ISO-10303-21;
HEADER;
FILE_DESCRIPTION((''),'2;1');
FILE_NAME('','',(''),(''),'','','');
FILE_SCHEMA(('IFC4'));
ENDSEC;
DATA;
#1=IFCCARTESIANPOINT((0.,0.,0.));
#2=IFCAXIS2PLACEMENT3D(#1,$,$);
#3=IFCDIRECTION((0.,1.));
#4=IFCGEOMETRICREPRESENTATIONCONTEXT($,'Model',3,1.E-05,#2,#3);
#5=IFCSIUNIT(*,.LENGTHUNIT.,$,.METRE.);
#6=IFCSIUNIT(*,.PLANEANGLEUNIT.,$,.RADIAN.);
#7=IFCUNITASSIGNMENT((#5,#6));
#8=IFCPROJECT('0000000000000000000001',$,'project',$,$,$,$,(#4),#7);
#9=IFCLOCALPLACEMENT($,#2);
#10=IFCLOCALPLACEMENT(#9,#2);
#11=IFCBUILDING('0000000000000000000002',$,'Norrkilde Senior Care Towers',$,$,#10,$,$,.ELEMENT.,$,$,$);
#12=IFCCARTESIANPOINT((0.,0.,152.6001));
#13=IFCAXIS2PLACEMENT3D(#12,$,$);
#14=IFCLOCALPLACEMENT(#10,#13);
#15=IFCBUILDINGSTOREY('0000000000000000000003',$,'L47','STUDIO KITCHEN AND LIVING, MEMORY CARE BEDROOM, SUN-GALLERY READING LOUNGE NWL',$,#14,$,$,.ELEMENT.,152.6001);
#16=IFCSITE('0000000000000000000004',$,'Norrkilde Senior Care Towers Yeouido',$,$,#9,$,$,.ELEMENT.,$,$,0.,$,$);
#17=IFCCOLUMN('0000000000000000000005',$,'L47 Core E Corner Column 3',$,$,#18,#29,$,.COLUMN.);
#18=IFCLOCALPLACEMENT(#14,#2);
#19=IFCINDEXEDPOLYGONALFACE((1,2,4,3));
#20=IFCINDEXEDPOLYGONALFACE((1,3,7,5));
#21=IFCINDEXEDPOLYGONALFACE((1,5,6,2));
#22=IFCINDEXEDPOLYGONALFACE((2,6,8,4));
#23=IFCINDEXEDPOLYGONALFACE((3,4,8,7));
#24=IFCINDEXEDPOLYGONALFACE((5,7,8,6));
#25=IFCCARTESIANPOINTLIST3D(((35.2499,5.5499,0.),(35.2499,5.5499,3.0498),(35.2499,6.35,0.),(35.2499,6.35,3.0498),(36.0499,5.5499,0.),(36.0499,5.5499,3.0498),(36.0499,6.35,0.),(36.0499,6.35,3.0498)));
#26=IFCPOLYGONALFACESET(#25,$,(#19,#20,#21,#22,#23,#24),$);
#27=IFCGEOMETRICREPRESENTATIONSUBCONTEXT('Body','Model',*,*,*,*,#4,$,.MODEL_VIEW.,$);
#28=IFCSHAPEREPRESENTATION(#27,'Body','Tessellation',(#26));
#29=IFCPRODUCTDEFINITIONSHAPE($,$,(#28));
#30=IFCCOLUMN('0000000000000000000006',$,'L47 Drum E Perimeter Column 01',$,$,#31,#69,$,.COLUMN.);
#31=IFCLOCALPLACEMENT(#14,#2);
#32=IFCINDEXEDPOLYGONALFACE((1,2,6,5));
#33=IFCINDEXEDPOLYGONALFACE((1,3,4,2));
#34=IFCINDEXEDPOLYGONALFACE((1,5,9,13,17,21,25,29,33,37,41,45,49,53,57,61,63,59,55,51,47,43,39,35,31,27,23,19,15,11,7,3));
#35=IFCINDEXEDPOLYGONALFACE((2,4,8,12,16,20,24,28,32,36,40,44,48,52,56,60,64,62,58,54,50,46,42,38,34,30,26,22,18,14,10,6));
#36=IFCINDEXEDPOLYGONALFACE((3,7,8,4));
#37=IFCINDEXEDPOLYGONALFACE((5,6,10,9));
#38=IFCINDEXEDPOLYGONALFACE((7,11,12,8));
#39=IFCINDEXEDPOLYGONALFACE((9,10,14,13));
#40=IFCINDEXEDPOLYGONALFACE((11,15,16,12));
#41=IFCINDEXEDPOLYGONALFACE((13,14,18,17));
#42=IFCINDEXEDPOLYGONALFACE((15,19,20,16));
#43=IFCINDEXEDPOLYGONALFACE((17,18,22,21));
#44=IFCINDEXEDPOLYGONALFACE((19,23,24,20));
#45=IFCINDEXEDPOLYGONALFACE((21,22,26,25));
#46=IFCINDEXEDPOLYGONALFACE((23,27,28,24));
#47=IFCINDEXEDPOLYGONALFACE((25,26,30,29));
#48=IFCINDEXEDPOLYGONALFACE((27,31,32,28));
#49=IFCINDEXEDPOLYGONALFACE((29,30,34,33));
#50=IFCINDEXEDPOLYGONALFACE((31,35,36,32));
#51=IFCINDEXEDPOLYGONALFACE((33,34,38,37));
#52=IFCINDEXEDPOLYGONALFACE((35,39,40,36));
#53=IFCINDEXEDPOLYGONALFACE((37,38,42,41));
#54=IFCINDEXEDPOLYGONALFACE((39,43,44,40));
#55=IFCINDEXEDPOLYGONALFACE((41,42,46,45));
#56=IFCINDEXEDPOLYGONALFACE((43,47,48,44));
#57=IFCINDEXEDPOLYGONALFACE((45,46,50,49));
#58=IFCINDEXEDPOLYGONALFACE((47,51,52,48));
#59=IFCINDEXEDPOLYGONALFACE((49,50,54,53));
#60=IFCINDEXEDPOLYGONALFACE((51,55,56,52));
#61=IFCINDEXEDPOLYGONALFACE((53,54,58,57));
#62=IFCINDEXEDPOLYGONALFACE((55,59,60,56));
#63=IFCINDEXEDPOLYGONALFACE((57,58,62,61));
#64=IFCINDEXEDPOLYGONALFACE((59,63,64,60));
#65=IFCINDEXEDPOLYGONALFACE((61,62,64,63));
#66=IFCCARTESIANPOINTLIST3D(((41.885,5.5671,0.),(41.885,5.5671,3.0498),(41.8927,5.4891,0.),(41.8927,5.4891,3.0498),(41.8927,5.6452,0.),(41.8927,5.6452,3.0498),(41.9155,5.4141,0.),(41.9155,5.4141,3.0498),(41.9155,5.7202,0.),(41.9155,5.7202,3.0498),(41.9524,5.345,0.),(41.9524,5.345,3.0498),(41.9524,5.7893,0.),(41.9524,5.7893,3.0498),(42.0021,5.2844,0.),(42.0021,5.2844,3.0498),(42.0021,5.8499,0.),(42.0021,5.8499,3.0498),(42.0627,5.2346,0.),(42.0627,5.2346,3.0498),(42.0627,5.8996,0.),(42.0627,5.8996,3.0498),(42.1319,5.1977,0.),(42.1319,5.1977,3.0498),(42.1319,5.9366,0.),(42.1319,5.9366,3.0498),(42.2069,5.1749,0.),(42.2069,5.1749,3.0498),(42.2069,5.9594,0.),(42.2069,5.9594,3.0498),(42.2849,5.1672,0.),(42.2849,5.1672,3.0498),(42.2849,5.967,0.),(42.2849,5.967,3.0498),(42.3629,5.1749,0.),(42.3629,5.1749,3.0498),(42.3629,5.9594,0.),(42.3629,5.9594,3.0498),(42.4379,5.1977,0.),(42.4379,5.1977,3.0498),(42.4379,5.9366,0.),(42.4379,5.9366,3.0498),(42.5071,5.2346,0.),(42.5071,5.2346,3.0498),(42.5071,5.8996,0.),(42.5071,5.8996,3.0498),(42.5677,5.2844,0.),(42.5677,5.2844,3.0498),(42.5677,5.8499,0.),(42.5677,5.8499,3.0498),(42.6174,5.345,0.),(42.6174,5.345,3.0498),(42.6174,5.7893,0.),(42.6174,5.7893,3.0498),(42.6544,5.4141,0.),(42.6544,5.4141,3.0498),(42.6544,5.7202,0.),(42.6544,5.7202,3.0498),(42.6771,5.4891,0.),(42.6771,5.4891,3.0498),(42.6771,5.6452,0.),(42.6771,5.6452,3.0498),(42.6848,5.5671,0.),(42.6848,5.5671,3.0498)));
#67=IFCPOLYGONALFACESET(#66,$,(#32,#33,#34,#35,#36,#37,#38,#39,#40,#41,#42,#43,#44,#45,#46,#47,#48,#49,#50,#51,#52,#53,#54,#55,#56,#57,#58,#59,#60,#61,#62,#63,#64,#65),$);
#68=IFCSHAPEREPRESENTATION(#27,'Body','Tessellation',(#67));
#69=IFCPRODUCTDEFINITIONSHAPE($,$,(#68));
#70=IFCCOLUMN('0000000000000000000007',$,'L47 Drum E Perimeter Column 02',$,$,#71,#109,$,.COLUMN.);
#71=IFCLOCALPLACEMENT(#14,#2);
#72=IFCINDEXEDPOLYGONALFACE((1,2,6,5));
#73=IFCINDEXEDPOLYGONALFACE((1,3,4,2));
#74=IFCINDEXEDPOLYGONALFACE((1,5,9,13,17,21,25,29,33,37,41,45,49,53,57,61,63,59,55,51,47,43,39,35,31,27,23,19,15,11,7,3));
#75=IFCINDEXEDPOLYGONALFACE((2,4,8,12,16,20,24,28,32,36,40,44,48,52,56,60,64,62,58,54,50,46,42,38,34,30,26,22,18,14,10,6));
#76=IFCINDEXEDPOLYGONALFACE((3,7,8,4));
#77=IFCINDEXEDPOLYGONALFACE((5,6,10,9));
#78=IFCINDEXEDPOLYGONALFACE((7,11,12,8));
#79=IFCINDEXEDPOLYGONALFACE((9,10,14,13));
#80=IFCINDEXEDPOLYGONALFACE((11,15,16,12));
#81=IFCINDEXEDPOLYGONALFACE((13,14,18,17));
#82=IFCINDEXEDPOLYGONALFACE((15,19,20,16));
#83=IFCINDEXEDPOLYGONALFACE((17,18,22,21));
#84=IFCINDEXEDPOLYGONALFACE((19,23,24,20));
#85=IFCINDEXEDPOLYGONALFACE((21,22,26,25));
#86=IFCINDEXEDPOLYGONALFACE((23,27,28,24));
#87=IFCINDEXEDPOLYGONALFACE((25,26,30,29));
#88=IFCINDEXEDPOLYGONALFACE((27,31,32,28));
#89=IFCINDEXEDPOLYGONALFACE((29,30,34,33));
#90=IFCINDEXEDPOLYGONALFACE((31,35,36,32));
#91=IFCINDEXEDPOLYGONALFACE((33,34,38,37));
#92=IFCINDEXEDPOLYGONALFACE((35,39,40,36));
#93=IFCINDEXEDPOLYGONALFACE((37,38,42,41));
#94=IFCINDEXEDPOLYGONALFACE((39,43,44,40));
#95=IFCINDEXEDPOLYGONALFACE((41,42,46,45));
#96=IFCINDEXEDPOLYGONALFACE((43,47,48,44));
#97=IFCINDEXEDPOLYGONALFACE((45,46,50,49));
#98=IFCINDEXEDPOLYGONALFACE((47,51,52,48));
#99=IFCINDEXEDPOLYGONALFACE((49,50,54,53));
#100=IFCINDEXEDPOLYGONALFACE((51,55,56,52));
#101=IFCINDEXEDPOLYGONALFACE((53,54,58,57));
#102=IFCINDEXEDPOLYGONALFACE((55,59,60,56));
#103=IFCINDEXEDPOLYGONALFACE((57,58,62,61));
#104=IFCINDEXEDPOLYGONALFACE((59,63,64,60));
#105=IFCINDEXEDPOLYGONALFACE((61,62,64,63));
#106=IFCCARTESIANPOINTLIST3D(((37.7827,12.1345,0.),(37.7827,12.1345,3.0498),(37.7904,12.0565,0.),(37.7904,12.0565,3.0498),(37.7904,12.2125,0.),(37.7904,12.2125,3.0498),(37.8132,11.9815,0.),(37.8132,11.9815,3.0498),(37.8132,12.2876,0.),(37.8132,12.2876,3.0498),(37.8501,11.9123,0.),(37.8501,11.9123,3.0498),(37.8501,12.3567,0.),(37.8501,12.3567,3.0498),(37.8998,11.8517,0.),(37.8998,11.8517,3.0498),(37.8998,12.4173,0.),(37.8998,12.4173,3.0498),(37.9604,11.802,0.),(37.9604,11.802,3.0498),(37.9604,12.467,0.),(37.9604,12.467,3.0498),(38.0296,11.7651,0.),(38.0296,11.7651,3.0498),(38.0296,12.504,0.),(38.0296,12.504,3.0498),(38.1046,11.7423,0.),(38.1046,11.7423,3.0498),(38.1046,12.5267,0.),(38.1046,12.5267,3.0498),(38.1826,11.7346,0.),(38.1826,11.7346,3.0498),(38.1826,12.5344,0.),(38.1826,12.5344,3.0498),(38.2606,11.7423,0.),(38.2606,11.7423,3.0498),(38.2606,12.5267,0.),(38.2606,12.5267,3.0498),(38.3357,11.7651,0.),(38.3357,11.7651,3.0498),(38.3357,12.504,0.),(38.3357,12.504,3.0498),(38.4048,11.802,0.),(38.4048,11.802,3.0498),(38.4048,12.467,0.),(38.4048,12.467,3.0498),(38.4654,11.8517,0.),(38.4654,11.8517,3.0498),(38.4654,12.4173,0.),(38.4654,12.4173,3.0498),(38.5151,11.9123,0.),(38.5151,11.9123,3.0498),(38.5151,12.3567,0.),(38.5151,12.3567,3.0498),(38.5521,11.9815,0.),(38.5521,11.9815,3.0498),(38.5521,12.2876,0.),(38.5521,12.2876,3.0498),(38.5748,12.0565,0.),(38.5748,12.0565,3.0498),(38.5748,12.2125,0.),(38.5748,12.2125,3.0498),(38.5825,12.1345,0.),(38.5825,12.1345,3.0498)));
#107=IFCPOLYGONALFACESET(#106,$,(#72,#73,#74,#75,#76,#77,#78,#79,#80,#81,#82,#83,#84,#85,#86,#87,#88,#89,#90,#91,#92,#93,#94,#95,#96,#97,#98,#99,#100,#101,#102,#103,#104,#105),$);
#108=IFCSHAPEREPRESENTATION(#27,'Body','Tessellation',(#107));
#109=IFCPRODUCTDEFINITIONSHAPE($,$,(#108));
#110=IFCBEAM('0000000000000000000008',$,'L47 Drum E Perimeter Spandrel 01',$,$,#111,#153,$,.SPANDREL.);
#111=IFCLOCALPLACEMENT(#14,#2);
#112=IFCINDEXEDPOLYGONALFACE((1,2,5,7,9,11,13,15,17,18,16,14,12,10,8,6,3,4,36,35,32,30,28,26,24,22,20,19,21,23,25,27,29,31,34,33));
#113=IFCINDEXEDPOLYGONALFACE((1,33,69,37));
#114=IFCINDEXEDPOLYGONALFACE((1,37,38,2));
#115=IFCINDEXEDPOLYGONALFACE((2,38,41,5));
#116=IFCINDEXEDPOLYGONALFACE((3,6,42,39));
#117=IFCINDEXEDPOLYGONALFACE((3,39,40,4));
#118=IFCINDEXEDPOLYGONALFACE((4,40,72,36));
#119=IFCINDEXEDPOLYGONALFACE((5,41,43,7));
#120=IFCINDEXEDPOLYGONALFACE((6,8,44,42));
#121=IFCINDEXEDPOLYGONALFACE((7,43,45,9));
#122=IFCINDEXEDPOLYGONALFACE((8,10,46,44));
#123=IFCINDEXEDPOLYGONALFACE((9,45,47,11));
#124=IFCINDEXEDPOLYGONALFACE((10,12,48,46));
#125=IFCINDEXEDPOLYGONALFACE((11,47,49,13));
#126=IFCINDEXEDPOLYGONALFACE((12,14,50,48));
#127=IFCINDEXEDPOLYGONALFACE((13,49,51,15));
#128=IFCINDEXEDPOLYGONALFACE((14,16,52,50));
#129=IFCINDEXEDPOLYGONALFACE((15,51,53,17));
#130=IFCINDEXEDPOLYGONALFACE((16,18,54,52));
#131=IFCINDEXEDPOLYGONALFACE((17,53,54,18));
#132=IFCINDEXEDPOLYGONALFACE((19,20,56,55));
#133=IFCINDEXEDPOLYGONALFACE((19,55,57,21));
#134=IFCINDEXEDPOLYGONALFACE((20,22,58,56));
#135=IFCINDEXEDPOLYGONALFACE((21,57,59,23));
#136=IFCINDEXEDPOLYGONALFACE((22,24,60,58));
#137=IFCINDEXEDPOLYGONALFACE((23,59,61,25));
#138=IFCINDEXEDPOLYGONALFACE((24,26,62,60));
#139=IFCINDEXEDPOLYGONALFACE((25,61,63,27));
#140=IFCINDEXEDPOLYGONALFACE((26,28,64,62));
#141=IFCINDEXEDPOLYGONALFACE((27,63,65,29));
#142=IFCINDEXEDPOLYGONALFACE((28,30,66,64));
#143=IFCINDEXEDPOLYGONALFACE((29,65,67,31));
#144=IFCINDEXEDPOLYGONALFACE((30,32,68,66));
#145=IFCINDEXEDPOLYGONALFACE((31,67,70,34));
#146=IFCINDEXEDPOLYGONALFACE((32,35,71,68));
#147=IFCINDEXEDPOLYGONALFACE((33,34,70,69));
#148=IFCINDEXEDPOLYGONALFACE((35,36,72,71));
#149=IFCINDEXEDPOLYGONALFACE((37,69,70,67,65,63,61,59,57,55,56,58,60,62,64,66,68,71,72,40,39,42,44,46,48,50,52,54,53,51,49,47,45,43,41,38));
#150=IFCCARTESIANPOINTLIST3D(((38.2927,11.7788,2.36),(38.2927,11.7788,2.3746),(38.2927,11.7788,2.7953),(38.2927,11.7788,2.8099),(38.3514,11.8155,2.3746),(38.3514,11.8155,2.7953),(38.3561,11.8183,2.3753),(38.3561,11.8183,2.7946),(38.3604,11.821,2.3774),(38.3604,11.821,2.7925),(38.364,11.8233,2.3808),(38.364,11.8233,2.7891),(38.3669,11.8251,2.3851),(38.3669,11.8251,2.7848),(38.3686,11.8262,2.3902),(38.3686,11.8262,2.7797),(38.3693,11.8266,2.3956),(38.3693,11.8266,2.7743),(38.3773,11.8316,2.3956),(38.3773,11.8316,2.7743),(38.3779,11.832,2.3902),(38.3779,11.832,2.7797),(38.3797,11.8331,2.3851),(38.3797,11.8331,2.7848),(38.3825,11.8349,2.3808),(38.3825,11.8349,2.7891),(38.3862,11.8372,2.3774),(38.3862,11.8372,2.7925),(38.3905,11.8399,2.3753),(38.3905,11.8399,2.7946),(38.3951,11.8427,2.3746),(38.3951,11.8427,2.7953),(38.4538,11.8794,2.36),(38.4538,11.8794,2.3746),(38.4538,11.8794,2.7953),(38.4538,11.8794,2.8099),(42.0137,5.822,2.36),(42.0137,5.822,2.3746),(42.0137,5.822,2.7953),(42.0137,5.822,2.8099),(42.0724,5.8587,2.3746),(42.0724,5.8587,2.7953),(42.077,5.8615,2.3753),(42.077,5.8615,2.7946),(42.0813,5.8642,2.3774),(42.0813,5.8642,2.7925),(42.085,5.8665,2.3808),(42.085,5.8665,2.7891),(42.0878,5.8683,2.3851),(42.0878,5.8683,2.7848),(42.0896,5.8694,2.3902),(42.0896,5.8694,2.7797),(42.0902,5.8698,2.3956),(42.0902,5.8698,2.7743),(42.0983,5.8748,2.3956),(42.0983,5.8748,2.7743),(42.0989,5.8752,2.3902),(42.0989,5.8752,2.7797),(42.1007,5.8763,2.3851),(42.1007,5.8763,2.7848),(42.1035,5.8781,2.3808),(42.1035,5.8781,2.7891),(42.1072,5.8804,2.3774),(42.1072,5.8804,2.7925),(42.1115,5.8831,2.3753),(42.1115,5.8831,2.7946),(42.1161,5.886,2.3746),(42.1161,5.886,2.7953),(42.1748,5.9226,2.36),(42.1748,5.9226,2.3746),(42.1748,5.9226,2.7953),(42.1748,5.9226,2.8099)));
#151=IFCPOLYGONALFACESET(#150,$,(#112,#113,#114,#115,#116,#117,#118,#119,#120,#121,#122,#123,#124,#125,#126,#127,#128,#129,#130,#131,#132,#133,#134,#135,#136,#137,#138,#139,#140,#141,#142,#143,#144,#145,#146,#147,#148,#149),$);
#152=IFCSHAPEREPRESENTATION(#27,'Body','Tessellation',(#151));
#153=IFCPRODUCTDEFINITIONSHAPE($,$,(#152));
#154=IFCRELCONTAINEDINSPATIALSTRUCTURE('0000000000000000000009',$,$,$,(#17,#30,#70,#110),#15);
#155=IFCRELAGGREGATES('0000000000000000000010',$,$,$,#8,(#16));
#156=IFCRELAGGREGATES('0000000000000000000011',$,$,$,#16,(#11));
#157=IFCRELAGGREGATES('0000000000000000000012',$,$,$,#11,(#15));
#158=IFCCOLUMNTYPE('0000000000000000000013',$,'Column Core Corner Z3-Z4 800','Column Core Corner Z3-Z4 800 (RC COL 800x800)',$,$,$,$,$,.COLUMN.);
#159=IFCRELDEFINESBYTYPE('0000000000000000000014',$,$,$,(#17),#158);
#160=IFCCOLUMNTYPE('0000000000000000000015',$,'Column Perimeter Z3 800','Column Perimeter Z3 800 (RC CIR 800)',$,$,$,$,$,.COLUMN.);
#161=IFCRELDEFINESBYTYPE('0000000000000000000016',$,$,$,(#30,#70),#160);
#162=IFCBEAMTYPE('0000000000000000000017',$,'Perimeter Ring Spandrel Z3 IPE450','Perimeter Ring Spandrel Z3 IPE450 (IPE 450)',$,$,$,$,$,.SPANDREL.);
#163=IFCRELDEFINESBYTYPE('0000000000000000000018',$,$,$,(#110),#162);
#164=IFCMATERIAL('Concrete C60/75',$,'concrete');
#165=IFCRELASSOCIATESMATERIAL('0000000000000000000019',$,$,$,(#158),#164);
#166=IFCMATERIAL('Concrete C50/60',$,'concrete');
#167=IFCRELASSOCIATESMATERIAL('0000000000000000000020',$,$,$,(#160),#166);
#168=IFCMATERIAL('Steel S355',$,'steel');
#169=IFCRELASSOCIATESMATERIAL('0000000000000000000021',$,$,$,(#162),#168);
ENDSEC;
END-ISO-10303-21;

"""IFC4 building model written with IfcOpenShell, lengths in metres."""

from ifc_helpers import new_model, si_unit, direction, frame, origin, origin_2d, place, context, subcontext, project, spatial, rectangle, circle, i_section, extrude, source, transform, mapped, material, material_profile, profile_set, type_object, type_shapes, element, save


model = new_model("IFC4")

# Units and contexts
model_context = context("Model", 3, precision=1e-05, world=origin(), true_north=direction((0.0, 1.0)))
body_context = subcontext(model_context, "Body", "Model", "MODEL_VIEW")
ifc_project = project(units=[si_unit("LENGTHUNIT", "METRE"), si_unit("PLANEANGLEUNIT", "RADIAN")], contexts=[model_context])

# Site, building, storey
site_placement = place(None, origin())
site = spatial("IfcSite", under=ifc_project, at=site_placement, Name="Norrkilde Senior Care Towers Yeouido", CompositionType="ELEMENT", RefElevation=0.0)
building_placement = place(site_placement, origin())
building = spatial("IfcBuilding", under=site, at=building_placement, Name="Norrkilde Senior Care Towers", CompositionType="ELEMENT")
storey_placement = place(building_placement, frame((0.0, 0.0, 152.6001)))
storey = spatial("IfcBuildingStorey", under=building, at=storey_placement, Name="L47", Description="STUDIO KITCHEN AND LIVING, MEMORY CARE BEDROOM, SUN-GALLERY READING LOUNGE NWL", CompositionType="ELEMENT", Elevation=152.6001)

# Columns
ifc_material_1 = material(Name="Concrete C60/75", Category="concrete")
ifc_material_profile_1 = material_profile(ifc_material_1, rectangle(XDim=0.8, YDim=0.8, at=origin_2d()), Name="RC COL 800x800")
ifc_profile_set_1 = profile_set([ifc_material_profile_1], Name="Concrete C60/75")
column_type_1 = type_object("IfcColumnType", Name="Column Core Corner Z3-Z4 800", Description="Column Core Corner Z3-Z4 800 (RC COL 800x800)", PredefinedType="COLUMN", material=ifc_profile_set_1)
shared_shape_1 = source(origin(), body_context, "Body", "SweptSolid", [
    extrude(rectangle(XDim=0.8, YDim=0.8, at=origin_2d()), origin(), (0.0, 0.0, 1.0), 3.0498),
])
type_shapes(column_type_1, [shared_shape_1])
column_placement = place(storey_placement, frame((35.6499, 5.95, 0.0), z_axis=(0.0, 0.0, 1.0), x_axis=(1.0, 0.0, 0.0)))
element("IfcColumn", 1, at=column_placement, inside=storey, type_object=column_type_1, Name="L47 Core E Corner Column 3", PredefinedType="COLUMN", context=body_context, shape_type="MappedRepresentation", body=[
    mapped(shared_shape_1, transform((0.0, 0.0, 0.0), x_axis=(1.0, 0.0, 0.0), y_axis=(0.0, 1.0, 0.0), z_axis=(0.0, 0.0, 1.0), scale=1.0)),
])
ifc_material_2 = material(Name="Concrete C50/60", Category="concrete")
ifc_material_profile_2 = material_profile(ifc_material_2, circle(Radius=0.3999, at=origin_2d()), Name="RC CIR 800")
ifc_profile_set_2 = profile_set([ifc_material_profile_2], Name="Concrete C50/60")
column_type_2 = type_object("IfcColumnType", Name="Column Perimeter Z3 800", Description="Column Perimeter Z3 800 (RC CIR 800)", PredefinedType="COLUMN", material=ifc_profile_set_2)
shared_shape_2 = source(origin(), body_context, "Body", "SweptSolid", [
    extrude(circle(Radius=0.3999, at=origin_2d()), origin(), (0.0, 0.0, 1.0), 3.0498),
])
type_shapes(column_type_2, [shared_shape_2])
for number, where, z_axis, x_axis, name in (
    (2, (42.2849, 5.5671, 0.0), (0.0, 0.0, 1.0), (1.0, 0.0, 0.0), "L47 Drum E Perimeter Column 01"),
    (3, (38.1826, 12.1345, 0.0), (0.0, 0.0, 1.0), (1.0, 0.0, 0.0), "L47 Drum E Perimeter Column 02"),
):
    element("IfcColumn", number, at=place(storey_placement, frame(where, z_axis=z_axis, x_axis=x_axis)), inside=storey, type_object=column_type_2, Name=name, PredefinedType="COLUMN", context=body_context, shape_type="MappedRepresentation", body=[
        mapped(shared_shape_2, transform((0.0, 0.0, 0.0), x_axis=(1.0, 0.0, 0.0), y_axis=(0.0, 1.0, 0.0), z_axis=(0.0, 0.0, 1.0), scale=1.0)),
    ])

# Beam
ifc_material_3 = material(Name="Steel S355", Category="steel")
ifc_material_profile_3 = material_profile(ifc_material_3, i_section(OverallWidth=0.1899, OverallDepth=0.45, WebThickness=0.0095, FlangeThickness=0.0146, FilletRadius=0.021, at=origin_2d()), Name="IPE 450")
ifc_profile_set_3 = profile_set([ifc_material_profile_3], Name="Steel S355")
beam_type_1 = type_object("IfcBeamType", Name="Perimeter Ring Spandrel Z3 IPE450", Description="Perimeter Ring Spandrel Z3 IPE450 (IPE 450)", PredefinedType="SPANDREL", material=ifc_profile_set_3)
shared_shape_3 = source(origin(), body_context, "Body", "SweptSolid", [
    extrude(i_section(OverallWidth=0.1899, OverallDepth=0.45, WebThickness=0.0095, FlangeThickness=0.0146, FilletRadius=0.021, at=origin_2d()), origin(), (0.0, 0.0, 1.0), 7.0234),
])
beam_1_placement = place(storey_placement, frame((42.0942, 5.8723, 2.585), z_axis=(-0.52979, 0.848129, 0.0), x_axis=(-0.848129, -0.52979, 0.0)))
element("IfcBeam", 4, at=beam_1_placement, inside=storey, type_object=beam_type_1, Name="L47 Drum E Perimeter Spandrel 01", PredefinedType="SPANDREL", context=body_context, shape_type="MappedRepresentation", body=[
    mapped(shared_shape_3, transform((0.0, 0.0, 0.0), x_axis=(1.0, 0.0, 0.0), y_axis=(0.0, 1.0, 0.0), z_axis=(0.0, 0.0, 1.0), scale=1.0)),
])

save(model, "model.ifc")
